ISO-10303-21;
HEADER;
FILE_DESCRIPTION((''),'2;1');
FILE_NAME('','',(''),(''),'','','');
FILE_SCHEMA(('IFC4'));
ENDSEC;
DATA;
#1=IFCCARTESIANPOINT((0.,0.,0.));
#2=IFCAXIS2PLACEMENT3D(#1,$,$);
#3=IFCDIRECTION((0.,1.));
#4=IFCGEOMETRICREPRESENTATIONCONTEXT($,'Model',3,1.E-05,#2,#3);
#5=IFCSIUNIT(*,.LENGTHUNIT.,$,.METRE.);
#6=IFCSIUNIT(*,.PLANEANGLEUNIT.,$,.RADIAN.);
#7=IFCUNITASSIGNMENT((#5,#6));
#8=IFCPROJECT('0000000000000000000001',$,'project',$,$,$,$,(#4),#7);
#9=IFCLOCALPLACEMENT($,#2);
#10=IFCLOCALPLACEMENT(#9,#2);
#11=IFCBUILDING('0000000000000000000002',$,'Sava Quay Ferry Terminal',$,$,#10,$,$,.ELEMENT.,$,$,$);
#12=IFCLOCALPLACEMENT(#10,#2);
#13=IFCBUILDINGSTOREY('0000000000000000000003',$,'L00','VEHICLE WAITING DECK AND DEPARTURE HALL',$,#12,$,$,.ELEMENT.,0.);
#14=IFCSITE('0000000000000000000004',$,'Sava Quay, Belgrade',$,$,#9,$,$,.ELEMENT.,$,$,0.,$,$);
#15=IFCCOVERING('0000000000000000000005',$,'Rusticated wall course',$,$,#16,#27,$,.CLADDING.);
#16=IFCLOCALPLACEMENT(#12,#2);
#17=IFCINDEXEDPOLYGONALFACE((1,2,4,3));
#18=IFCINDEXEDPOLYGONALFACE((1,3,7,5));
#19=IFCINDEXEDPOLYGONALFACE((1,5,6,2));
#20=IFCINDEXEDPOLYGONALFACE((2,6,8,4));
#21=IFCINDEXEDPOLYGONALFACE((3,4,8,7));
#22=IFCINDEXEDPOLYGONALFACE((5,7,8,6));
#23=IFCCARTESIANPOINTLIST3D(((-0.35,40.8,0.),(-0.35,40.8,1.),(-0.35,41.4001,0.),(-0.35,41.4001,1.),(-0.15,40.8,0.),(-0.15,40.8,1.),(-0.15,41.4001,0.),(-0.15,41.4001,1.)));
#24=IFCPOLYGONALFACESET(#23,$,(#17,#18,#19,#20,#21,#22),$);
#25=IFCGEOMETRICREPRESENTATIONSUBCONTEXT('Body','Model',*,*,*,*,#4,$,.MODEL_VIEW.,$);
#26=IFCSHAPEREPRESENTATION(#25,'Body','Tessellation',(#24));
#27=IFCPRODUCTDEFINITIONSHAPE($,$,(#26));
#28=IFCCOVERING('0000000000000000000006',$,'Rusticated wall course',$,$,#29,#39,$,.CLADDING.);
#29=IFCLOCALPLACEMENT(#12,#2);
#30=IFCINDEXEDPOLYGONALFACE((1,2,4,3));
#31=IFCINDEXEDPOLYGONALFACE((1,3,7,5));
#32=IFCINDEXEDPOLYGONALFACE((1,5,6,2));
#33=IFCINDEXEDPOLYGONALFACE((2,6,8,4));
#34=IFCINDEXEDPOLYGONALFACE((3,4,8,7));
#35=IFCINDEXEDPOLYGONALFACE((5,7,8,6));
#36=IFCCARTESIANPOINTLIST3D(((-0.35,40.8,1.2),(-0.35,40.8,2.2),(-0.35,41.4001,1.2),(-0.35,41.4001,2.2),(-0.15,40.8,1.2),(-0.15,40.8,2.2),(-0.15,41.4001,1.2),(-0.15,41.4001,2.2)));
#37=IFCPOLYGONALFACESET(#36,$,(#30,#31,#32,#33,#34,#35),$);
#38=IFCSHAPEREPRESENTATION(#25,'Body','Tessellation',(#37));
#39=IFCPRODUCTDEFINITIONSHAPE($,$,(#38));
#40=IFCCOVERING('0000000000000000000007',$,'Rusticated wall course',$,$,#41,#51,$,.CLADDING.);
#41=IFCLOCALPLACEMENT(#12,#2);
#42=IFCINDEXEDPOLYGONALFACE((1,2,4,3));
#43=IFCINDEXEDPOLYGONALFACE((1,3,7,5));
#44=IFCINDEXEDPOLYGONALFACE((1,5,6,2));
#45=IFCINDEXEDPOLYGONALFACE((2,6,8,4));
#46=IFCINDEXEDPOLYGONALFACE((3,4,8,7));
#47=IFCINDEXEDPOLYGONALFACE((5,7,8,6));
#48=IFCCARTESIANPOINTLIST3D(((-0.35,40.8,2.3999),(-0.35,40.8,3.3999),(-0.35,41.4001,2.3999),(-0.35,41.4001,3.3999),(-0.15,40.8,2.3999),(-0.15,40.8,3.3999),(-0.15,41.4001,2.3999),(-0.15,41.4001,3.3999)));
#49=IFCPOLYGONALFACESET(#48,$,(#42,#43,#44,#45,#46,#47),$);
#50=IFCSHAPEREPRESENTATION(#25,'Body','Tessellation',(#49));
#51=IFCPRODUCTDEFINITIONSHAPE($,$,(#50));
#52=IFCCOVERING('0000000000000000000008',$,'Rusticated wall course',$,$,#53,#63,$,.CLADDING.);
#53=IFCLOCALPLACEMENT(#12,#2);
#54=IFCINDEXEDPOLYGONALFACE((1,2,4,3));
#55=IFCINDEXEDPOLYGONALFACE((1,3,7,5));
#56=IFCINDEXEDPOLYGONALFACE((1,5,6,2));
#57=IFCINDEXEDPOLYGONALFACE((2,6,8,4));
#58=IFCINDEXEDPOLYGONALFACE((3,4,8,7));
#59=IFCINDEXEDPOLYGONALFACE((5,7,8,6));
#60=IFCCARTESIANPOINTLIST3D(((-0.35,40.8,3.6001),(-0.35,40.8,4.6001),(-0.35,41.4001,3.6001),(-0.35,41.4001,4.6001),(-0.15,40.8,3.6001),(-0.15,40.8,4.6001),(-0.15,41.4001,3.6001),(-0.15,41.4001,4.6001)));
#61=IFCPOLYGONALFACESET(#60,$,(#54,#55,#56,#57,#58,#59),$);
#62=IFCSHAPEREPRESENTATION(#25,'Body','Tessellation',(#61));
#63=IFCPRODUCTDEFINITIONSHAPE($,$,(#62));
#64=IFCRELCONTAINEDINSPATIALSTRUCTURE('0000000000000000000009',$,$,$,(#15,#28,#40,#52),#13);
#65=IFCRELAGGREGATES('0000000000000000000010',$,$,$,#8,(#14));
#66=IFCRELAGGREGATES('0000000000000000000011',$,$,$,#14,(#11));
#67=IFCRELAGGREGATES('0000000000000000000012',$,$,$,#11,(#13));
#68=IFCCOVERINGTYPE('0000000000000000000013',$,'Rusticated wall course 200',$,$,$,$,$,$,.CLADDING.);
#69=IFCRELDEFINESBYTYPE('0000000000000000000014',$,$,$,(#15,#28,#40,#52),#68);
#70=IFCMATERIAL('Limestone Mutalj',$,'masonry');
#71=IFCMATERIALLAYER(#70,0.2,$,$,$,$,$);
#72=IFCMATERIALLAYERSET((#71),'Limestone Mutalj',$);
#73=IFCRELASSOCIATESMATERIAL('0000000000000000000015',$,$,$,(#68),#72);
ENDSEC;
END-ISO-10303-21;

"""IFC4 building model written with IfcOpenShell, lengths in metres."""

from ifc_helpers import new_model, si_unit, direction, frame, origin, origin_2d, place, context, subcontext, project, spatial, rectangle, extrude, material, layer, layer_set, type_object, element, save


model = new_model("IFC4")

# Units and contexts
model_context = context("Model", 3, precision=1e-05, world=origin(), true_north=direction((0.0, 1.0)))
body_context = subcontext(model_context, "Body", "Model", "MODEL_VIEW")
ifc_project = project(units=[si_unit("LENGTHUNIT", "METRE"), si_unit("PLANEANGLEUNIT", "RADIAN")], contexts=[model_context])

# Site, building, storey
site_placement = place(None, origin())
site = spatial("IfcSite", under=ifc_project, at=site_placement, Name="Sava Quay, Belgrade", CompositionType="ELEMENT", RefElevation=0.0)
building_placement = place(site_placement, origin())
building = spatial("IfcBuilding", under=site, at=building_placement, Name="Sava Quay Ferry Terminal", CompositionType="ELEMENT")
storey_placement = place(building_placement, origin())
storey = spatial("IfcBuildingStorey", under=building, at=storey_placement, Name="L00", Description="VEHICLE WAITING DECK AND DEPARTURE HALL", CompositionType="ELEMENT", Elevation=0.0)

# Coverings
ifc_material_1 = material(Name="Limestone Mutalj", Category="masonry")
ifc_layer_1 = layer(ifc_material_1, 0.2)
ifc_layer_set_1 = layer_set([ifc_layer_1], Name="Limestone Mutalj")
covering_type_1 = type_object("IfcCoveringType", Name="Rusticated wall course 200", PredefinedType="CLADDING", material=ifc_layer_set_1)
for number, where, z_axis, x_axis, name in (
    (1, (-0.25, 41.1001, 0.0), (0.0, 0.0, 1.0), (1.0, 0.0, 0.0), "Rusticated wall course"),
    (2, (-0.25, 41.1001, 1.2), (0.0, 0.0, 1.0), (1.0, 0.0, 0.0), "Rusticated wall course"),
    (3, (-0.25, 41.1001, 2.3999), (0.0, 0.0, 1.0), (1.0, 0.0, 0.0), "Rusticated wall course"),
    (4, (-0.25, 41.1001, 3.6001), (0.0, 0.0, 1.0), (1.0, 0.0, 0.0), "Rusticated wall course"),
):
    element("IfcCovering", number, at=place(storey_placement, frame(where, z_axis=z_axis, x_axis=x_axis)), inside=storey, type_object=covering_type_1, Name=name, PredefinedType="CLADDING", context=body_context, shape_type="SweptSolid", body=[
        extrude(rectangle(XDim=0.2, YDim=0.6001, at=origin_2d()), origin(), (0.0, 0.0, 1.0), 1.0),
    ])

save(model, "model.ifc")
